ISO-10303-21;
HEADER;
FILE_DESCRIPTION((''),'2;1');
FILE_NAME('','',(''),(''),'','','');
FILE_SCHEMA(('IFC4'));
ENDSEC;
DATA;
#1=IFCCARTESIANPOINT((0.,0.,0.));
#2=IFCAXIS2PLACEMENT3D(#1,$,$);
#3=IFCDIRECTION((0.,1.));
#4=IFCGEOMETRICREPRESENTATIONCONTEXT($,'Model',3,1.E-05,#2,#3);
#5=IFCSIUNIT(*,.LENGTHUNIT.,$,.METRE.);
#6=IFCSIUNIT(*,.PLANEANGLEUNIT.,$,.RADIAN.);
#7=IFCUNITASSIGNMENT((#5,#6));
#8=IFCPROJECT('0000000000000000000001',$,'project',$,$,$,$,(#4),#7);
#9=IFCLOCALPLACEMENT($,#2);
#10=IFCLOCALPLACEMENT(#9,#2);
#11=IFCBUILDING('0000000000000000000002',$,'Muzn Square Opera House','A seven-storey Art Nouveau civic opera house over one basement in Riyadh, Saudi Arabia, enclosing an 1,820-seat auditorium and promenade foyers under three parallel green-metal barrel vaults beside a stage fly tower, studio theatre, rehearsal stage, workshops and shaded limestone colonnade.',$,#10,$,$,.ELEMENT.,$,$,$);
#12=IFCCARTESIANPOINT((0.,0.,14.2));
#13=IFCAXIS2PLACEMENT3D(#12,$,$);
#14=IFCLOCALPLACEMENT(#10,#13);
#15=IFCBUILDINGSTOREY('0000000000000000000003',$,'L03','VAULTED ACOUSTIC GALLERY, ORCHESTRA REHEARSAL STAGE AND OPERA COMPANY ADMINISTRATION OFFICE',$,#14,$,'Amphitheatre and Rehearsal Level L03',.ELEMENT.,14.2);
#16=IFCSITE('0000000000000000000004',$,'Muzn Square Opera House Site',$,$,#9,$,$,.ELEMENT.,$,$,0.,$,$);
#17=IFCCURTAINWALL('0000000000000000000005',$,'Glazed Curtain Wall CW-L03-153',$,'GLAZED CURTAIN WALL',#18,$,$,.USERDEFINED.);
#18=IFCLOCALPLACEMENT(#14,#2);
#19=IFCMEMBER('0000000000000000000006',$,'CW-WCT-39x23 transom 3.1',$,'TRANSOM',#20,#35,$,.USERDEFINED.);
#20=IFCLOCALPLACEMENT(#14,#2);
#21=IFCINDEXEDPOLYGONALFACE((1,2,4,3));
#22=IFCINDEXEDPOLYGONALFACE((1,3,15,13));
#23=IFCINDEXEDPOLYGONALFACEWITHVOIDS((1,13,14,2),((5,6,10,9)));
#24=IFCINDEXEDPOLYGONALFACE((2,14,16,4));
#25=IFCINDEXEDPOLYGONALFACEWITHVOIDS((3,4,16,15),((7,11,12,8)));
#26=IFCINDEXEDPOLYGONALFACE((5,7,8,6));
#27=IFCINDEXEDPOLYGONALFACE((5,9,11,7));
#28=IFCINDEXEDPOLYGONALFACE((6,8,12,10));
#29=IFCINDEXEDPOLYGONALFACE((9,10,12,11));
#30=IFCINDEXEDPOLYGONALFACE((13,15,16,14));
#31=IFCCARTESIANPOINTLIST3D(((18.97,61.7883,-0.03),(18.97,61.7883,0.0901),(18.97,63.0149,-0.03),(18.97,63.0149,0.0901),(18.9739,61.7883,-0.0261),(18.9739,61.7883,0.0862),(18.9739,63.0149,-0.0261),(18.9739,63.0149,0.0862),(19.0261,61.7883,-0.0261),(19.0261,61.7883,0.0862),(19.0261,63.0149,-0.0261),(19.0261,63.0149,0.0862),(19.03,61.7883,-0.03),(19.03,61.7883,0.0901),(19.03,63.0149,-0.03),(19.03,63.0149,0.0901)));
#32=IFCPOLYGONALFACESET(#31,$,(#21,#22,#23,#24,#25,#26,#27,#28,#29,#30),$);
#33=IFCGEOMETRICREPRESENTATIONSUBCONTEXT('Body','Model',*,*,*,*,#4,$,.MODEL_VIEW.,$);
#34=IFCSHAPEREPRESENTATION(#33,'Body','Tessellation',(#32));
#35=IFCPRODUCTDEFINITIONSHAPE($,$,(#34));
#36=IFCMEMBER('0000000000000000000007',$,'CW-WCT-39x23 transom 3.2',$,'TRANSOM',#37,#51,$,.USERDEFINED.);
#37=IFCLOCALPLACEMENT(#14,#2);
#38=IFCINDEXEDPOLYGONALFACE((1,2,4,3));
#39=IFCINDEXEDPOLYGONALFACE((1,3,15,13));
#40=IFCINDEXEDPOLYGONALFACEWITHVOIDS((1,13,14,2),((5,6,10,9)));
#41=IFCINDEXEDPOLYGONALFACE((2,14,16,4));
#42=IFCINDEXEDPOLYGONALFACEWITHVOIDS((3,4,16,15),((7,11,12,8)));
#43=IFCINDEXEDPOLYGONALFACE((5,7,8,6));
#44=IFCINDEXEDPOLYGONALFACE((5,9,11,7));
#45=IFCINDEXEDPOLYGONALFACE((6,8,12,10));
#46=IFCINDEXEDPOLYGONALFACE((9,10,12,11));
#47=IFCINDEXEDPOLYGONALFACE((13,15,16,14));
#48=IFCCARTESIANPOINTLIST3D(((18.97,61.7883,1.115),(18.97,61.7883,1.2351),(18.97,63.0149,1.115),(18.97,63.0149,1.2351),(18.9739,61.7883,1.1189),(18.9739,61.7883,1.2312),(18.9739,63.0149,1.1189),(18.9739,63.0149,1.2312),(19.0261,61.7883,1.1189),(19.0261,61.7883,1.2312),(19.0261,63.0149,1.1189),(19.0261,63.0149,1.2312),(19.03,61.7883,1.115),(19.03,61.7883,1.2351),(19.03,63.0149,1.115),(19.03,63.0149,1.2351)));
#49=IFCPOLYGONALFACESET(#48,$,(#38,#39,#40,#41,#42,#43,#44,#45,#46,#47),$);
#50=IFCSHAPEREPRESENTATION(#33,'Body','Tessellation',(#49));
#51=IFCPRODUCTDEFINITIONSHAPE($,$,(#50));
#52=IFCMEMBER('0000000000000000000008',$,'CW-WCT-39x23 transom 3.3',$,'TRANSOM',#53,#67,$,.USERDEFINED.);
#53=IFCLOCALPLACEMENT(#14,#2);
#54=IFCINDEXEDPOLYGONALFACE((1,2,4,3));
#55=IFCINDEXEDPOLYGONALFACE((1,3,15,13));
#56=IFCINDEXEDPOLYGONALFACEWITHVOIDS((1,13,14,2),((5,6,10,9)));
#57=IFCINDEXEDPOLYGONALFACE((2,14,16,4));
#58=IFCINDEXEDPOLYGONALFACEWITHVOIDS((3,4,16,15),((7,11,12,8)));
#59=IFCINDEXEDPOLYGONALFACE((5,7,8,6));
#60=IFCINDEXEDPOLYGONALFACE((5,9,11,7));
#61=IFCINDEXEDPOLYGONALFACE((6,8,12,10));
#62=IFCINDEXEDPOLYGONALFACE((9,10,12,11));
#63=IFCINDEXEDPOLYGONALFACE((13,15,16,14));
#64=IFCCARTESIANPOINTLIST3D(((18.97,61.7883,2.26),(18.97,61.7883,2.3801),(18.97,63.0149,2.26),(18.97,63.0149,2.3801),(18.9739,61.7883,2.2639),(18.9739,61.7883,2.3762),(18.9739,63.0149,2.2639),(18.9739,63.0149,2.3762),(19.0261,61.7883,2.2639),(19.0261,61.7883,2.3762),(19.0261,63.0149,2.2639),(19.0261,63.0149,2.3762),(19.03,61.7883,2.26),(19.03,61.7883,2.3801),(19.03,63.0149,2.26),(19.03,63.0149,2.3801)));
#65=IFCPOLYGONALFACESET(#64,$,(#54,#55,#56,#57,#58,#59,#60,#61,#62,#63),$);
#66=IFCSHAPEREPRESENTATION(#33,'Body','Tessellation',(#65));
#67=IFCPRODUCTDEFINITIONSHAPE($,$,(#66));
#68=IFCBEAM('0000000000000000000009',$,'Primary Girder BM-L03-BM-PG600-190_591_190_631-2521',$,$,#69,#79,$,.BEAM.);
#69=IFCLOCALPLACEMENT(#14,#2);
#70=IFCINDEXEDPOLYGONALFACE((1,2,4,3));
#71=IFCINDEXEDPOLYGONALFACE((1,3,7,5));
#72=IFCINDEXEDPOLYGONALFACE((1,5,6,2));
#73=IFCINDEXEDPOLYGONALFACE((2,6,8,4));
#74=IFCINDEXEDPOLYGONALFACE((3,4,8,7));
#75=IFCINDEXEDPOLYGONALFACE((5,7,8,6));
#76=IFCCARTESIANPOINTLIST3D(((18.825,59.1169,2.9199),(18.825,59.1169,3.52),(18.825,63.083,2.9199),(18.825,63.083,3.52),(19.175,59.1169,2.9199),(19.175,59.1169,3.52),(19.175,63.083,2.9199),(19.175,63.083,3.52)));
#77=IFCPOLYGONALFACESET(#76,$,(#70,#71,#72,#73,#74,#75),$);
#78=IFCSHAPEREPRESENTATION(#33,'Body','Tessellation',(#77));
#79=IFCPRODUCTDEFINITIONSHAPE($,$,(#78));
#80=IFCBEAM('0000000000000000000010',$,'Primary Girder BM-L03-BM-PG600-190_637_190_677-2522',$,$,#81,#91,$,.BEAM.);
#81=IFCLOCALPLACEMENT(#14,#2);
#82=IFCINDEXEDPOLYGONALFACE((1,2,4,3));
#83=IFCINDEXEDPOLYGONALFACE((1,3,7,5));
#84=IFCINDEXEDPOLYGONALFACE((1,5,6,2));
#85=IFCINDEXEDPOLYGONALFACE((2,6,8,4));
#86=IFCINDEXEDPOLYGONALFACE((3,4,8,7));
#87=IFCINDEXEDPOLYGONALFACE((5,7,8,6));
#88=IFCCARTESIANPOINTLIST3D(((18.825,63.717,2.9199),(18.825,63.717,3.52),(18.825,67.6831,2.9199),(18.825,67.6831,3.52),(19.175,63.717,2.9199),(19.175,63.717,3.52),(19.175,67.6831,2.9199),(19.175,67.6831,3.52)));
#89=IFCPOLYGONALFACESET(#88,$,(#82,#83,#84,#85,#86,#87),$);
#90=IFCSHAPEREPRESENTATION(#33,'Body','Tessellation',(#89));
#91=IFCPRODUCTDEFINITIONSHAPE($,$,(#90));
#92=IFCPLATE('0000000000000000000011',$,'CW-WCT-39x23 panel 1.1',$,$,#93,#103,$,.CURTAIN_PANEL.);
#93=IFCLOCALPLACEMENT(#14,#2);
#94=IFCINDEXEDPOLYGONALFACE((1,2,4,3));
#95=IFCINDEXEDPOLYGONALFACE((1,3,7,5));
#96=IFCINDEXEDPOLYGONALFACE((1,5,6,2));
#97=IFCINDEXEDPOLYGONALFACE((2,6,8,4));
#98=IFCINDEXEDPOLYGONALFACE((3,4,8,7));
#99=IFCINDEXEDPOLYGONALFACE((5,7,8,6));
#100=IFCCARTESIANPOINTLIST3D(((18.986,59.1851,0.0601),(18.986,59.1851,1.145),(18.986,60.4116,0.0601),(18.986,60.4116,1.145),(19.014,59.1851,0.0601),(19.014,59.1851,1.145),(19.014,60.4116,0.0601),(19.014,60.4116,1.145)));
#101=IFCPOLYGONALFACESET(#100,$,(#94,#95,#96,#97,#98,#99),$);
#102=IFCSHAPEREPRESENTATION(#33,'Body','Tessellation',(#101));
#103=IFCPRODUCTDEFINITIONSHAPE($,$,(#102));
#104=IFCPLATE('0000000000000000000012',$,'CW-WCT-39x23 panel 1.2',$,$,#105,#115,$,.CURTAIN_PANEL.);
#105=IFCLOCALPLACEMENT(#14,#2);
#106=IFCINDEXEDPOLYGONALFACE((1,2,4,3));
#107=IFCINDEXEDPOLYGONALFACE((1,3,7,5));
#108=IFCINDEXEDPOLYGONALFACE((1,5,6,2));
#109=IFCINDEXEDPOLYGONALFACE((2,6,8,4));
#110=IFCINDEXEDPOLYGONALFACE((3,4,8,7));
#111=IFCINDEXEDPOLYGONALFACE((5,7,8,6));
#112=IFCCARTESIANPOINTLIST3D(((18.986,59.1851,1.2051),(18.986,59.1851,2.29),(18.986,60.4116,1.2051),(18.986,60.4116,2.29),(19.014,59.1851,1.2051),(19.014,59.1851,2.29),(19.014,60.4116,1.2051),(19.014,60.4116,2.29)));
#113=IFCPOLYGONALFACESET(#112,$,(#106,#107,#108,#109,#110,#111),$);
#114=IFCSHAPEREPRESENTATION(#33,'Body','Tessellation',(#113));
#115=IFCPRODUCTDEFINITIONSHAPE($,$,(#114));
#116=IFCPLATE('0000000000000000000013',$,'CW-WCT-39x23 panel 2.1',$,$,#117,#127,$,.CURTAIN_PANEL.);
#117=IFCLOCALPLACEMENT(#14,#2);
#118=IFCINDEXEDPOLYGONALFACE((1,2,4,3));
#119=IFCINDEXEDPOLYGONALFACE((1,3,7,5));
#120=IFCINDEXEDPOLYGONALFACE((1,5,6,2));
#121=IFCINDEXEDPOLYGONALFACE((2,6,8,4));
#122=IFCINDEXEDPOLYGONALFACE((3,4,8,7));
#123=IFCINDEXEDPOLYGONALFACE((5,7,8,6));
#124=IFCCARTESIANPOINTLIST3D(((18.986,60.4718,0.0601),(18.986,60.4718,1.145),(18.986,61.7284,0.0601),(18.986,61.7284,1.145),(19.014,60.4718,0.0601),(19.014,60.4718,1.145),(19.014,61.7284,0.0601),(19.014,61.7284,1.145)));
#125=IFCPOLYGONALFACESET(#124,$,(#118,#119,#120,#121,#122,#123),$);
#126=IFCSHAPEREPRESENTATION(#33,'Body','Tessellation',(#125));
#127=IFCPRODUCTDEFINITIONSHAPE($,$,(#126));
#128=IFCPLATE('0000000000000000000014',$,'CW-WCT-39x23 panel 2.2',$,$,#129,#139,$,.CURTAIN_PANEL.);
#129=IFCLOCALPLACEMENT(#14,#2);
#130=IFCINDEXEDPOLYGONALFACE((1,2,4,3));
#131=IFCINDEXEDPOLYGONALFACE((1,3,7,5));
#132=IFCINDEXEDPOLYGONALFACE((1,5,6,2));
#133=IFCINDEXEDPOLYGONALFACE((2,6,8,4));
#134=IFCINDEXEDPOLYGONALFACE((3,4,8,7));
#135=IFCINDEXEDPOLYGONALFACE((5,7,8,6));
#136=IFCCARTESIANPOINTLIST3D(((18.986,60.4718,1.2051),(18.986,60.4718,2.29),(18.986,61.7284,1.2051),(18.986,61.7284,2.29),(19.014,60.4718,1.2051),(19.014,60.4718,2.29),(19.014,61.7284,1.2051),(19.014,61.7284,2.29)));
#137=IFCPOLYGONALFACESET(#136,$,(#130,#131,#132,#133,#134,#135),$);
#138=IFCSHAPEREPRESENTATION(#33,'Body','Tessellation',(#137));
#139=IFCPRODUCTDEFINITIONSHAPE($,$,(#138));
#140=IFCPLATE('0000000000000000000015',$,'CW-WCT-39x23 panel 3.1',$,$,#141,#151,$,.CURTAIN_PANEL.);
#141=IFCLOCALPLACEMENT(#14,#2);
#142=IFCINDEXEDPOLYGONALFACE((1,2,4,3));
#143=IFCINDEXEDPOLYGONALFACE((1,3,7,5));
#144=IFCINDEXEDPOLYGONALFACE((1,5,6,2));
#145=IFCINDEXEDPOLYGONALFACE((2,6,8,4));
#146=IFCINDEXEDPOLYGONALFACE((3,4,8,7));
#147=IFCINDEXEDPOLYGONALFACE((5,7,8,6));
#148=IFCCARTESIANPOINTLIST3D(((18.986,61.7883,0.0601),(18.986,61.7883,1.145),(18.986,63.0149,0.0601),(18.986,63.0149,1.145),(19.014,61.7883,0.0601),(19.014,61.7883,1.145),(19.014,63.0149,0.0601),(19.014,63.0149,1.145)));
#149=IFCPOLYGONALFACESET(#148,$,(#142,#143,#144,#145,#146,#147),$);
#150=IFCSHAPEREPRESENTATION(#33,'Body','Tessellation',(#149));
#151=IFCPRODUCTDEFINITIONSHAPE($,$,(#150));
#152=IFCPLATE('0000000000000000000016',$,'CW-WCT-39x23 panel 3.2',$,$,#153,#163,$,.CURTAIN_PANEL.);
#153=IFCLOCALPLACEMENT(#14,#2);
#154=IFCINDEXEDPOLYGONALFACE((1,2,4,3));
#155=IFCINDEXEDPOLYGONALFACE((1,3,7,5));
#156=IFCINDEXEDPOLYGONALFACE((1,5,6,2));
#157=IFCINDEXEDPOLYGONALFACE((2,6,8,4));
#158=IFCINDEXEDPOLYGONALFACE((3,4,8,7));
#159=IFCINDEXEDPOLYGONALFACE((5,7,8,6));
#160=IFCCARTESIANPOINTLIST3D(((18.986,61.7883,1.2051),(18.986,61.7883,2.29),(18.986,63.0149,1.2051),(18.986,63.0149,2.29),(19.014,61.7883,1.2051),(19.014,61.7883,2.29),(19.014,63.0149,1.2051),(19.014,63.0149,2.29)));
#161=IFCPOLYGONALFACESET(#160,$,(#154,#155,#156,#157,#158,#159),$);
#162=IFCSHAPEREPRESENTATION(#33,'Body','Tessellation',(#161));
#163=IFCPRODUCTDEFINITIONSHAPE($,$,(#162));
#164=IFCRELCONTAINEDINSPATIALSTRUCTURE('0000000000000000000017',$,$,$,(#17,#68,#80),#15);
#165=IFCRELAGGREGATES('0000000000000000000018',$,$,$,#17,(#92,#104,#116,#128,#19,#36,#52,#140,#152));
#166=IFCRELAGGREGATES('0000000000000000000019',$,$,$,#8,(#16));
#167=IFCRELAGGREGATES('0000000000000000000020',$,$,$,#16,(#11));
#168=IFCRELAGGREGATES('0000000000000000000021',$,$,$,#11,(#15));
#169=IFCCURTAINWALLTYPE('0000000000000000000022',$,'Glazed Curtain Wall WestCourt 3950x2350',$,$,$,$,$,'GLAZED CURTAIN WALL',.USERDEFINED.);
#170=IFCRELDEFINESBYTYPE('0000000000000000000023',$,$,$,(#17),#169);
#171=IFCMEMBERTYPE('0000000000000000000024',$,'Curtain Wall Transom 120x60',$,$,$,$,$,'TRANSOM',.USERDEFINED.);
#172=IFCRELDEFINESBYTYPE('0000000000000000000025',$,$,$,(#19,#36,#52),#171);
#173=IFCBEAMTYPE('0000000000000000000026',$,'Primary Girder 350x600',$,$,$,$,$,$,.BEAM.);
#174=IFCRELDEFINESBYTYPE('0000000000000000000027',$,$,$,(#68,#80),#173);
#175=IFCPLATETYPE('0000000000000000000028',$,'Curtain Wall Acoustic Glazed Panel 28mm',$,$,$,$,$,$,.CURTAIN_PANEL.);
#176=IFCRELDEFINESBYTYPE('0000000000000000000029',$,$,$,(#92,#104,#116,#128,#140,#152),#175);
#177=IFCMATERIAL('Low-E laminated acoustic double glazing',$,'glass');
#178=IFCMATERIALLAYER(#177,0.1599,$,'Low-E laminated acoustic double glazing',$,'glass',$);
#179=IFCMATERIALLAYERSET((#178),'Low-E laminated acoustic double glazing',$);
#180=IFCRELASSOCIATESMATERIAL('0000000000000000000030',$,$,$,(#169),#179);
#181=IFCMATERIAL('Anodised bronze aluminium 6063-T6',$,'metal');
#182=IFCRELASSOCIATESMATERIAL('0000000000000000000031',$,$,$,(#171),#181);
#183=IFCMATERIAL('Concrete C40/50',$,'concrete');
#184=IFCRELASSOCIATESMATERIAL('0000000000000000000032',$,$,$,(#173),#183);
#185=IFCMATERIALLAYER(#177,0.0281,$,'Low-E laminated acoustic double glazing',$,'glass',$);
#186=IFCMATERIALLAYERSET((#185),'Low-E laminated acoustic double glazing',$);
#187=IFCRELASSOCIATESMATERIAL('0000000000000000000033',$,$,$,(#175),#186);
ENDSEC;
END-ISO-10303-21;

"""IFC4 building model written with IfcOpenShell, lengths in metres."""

from ifc_helpers import new_model, si_unit, direction, frame, origin, origin_2d, place, context, subcontext, project, spatial, rectangle, hollow_rectangle, extrude, material, layer, layer_set, material_profile, profile_set, type_object, element, aggregate, save


model = new_model("IFC4")

# Units and contexts
model_context = context("Model", 3, precision=1e-05, world=origin(), true_north=direction((0.0, 1.0)))
body_context = subcontext(model_context, "Body", "Model", "MODEL_VIEW")
ifc_project = project(units=[si_unit("LENGTHUNIT", "METRE"), si_unit("PLANEANGLEUNIT", "RADIAN")], contexts=[model_context])

# Site, building, storey
site_placement = place(None, origin())
site = spatial("IfcSite", under=ifc_project, at=site_placement, Name="Muzn Square Opera House Site", CompositionType="ELEMENT", RefElevation=0.0)
building_placement = place(site_placement, origin())
building = spatial("IfcBuilding", under=site, at=building_placement, Name="Muzn Square Opera House", Description="A seven-storey Art Nouveau civic opera house over one basement in Riyadh, Saudi Arabia, enclosing an 1,820-seat auditorium and promenade foyers under three parallel green-metal barrel vaults beside a stage fly tower, studio theatre, rehearsal stage, workshops and shaded limestone colonnade.", CompositionType="ELEMENT")
storey_placement = place(building_placement, frame((0.0, 0.0, 14.2)))
storey = spatial("IfcBuildingStorey", under=building, at=storey_placement, Name="L03", Description="VAULTED ACOUSTIC GALLERY, ORCHESTRA REHEARSAL STAGE AND OPERA COMPANY ADMINISTRATION OFFICE", LongName="Amphitheatre and Rehearsal Level L03", CompositionType="ELEMENT", Elevation=14.2)

# Curtain wall, members
ifc_material_1 = material(Name="Low-E laminated acoustic double glazing", Category="glass")
ifc_layer_1 = layer(ifc_material_1, 0.1599, Name="Low-E laminated acoustic double glazing", Category="glass")
ifc_layer_set_1 = layer_set([ifc_layer_1], Name="Low-E laminated acoustic double glazing")
curtain_wall_type = type_object("IfcCurtainWallType", Name="Glazed Curtain Wall WestCourt 3950x2350", ElementType="GLAZED CURTAIN WALL", PredefinedType="USERDEFINED", material=ifc_layer_set_1)
curtain_wall_placement = place(storey_placement, origin())
curtain_wall = element("IfcCurtainWall", 1, at=curtain_wall_placement, inside=storey, type_object=curtain_wall_type, Name="Glazed Curtain Wall CW-L03-153", ObjectType="GLAZED CURTAIN WALL", PredefinedType="USERDEFINED")
ifc_material_2 = material(Name="Anodised bronze aluminium 6063-T6", Category="metal")
ifc_material_profile_1 = material_profile(ifc_material_2, hollow_rectangle(XDim=0.0601, YDim=0.1201, WallThickness=0.0039, at=origin_2d()), Name="ALU 120x60x4", Category="metal")
ifc_profile_set_1 = profile_set([ifc_material_profile_1], Name="Anodised bronze aluminium 6063-T6")
member_type_1 = type_object("IfcMemberType", Name="Curtain Wall Transom 120x60", ElementType="TRANSOM", PredefinedType="USERDEFINED", material=ifc_profile_set_1)
member_1_placement = place(storey_placement, frame((19.0, 61.7883, 0.03), z_axis=(0.0, 1.0, 0.0), x_axis=(-1.0, 0.0, 0.0)))
member_1 = element("IfcMember", 2, at=member_1_placement, type_object=member_type_1, Name="CW-WCT-39x23 transom 3.1", ObjectType="TRANSOM", PredefinedType="USERDEFINED", context=body_context, shape_type="SweptSolid", body=[
    extrude(hollow_rectangle(XDim=0.0601, YDim=0.1201, WallThickness=0.0039, at=origin_2d()), origin(), (0.0, 0.0, 1.0), 1.2266),
])
member_2_placement = place(storey_placement, frame((19.0, 61.7883, 1.175), z_axis=(0.0, 1.0, 0.0), x_axis=(-1.0, 0.0, 0.0)))
member_2 = element("IfcMember", 3, at=member_2_placement, type_object=member_type_1, Name="CW-WCT-39x23 transom 3.2", ObjectType="TRANSOM", PredefinedType="USERDEFINED", context=body_context, shape_type="SweptSolid", body=[
    extrude(hollow_rectangle(XDim=0.0601, YDim=0.1201, WallThickness=0.0039, at=origin_2d()), origin(), (0.0, 0.0, 1.0), 1.2266),
])
member_3_placement = place(storey_placement, frame((19.0, 61.7883, 2.3201), z_axis=(0.0, 1.0, 0.0), x_axis=(-1.0, 0.0, 0.0)))
member_3 = element("IfcMember", 4, at=member_3_placement, type_object=member_type_1, Name="CW-WCT-39x23 transom 3.3", ObjectType="TRANSOM", PredefinedType="USERDEFINED", context=body_context, shape_type="SweptSolid", body=[
    extrude(hollow_rectangle(XDim=0.0601, YDim=0.1201, WallThickness=0.0039, at=origin_2d()), origin(), (0.0, 0.0, 1.0), 1.2266),
])

# Beams
ifc_material_3 = material(Name="Concrete C40/50", Category="concrete")
ifc_material_profile_2 = material_profile(ifc_material_3, rectangle(XDim=0.3501, YDim=0.6001, at=origin_2d()), Name="RCB 350x600", Category="concrete")
ifc_profile_set_2 = profile_set([ifc_material_profile_2], Name="Concrete C40/50")
beam_type = type_object("IfcBeamType", Name="Primary Girder 350x600", PredefinedType="BEAM", material=ifc_profile_set_2)
for number, where, z_axis, x_axis, name in (
    (5, (19.0, 59.1169, 3.22), (0.0, 1.0, 0.0), (-1.0, 0.0, 0.0), "Primary Girder BM-L03-BM-PG600-190_591_190_631-2521"),
    (6, (19.0, 63.717, 3.22), (0.0, 1.0, 0.0), (-1.0, 0.0, 0.0), "Primary Girder BM-L03-BM-PG600-190_637_190_677-2522"),
):
    element("IfcBeam", number, at=place(storey_placement, frame(where, z_axis=z_axis, x_axis=x_axis)), inside=storey, type_object=beam_type, Name=name, PredefinedType="BEAM", context=body_context, shape_type="SweptSolid", body=[
        extrude(rectangle(XDim=0.3501, YDim=0.6001, at=origin_2d()), origin(), (0.0, 0.0, 1.0), 3.9661),
    ])

# Plates
ifc_layer_2 = layer(ifc_material_1, 0.0281, Name="Low-E laminated acoustic double glazing", Category="glass")
ifc_layer_set_2 = layer_set([ifc_layer_2], Name="Low-E laminated acoustic double glazing")
plate_type = type_object("IfcPlateType", Name="Curtain Wall Acoustic Glazed Panel 28mm", PredefinedType="CURTAIN_PANEL", material=ifc_layer_set_2)
plate_1_placement = place(storey_placement, frame((19.0, 59.7983, 0.0601), z_axis=(0.0, 0.0, 1.0), x_axis=(0.0, 1.0, 0.0)))
plate_1 = element("IfcPlate", 7, at=plate_1_placement, type_object=plate_type, Name="CW-WCT-39x23 panel 1.1", PredefinedType="CURTAIN_PANEL", context=body_context, shape_type="SweptSolid", body=[
    extrude(rectangle(XDim=1.2266, YDim=0.0281, at=origin_2d()), origin(), (0.0, 0.0, 1.0), 1.085),
])
plate_2_placement = place(storey_placement, frame((19.0, 59.7983, 1.2051), z_axis=(0.0, 0.0, 1.0), x_axis=(0.0, 1.0, 0.0)))
plate_2 = element("IfcPlate", 8, at=plate_2_placement, type_object=plate_type, Name="CW-WCT-39x23 panel 1.2", PredefinedType="CURTAIN_PANEL", context=body_context, shape_type="SweptSolid", body=[
    extrude(rectangle(XDim=1.2266, YDim=0.0281, at=origin_2d()), origin(), (0.0, 0.0, 1.0), 1.085),
])
plate_3_placement = place(storey_placement, frame((19.0, 61.1001, 0.0601), z_axis=(0.0, 0.0, 1.0), x_axis=(0.0, 1.0, 0.0)))
plate_3 = element("IfcPlate", 9, at=plate_3_placement, type_object=plate_type, Name="CW-WCT-39x23 panel 2.1", PredefinedType="CURTAIN_PANEL", context=body_context, shape_type="SweptSolid", body=[
    extrude(rectangle(XDim=1.2566, YDim=0.0281, at=origin_2d()), origin(), (0.0, 0.0, 1.0), 1.085),
])
plate_4_placement = place(storey_placement, frame((19.0, 61.1001, 1.2051), z_axis=(0.0, 0.0, 1.0), x_axis=(0.0, 1.0, 0.0)))
plate_4 = element("IfcPlate", 10, at=plate_4_placement, type_object=plate_type, Name="CW-WCT-39x23 panel 2.2", PredefinedType="CURTAIN_PANEL", context=body_context, shape_type="SweptSolid", body=[
    extrude(rectangle(XDim=1.2566, YDim=0.0281, at=origin_2d()), origin(), (0.0, 0.0, 1.0), 1.085),
])
plate_5_placement = place(storey_placement, frame((19.0, 62.4016, 0.0601), z_axis=(0.0, 0.0, 1.0), x_axis=(0.0, 1.0, 0.0)))
plate_5 = element("IfcPlate", 11, at=plate_5_placement, type_object=plate_type, Name="CW-WCT-39x23 panel 3.1", PredefinedType="CURTAIN_PANEL", context=body_context, shape_type="SweptSolid", body=[
    extrude(rectangle(XDim=1.2266, YDim=0.0281, at=origin_2d()), origin(), (0.0, 0.0, 1.0), 1.085),
])
plate_6_placement = place(storey_placement, frame((19.0, 62.4016, 1.2051), z_axis=(0.0, 0.0, 1.0), x_axis=(0.0, 1.0, 0.0)))
plate_6 = element("IfcPlate", 12, at=plate_6_placement, type_object=plate_type, Name="CW-WCT-39x23 panel 3.2", PredefinedType="CURTAIN_PANEL", context=body_context, shape_type="SweptSolid", body=[
    extrude(rectangle(XDim=1.2266, YDim=0.0281, at=origin_2d()), origin(), (0.0, 0.0, 1.0), 1.085),
])
aggregate(curtain_wall, [plate_1, plate_2, plate_3, plate_4, member_1, member_2, member_3, plate_5, plate_6])

save(model, "model.ifc")
